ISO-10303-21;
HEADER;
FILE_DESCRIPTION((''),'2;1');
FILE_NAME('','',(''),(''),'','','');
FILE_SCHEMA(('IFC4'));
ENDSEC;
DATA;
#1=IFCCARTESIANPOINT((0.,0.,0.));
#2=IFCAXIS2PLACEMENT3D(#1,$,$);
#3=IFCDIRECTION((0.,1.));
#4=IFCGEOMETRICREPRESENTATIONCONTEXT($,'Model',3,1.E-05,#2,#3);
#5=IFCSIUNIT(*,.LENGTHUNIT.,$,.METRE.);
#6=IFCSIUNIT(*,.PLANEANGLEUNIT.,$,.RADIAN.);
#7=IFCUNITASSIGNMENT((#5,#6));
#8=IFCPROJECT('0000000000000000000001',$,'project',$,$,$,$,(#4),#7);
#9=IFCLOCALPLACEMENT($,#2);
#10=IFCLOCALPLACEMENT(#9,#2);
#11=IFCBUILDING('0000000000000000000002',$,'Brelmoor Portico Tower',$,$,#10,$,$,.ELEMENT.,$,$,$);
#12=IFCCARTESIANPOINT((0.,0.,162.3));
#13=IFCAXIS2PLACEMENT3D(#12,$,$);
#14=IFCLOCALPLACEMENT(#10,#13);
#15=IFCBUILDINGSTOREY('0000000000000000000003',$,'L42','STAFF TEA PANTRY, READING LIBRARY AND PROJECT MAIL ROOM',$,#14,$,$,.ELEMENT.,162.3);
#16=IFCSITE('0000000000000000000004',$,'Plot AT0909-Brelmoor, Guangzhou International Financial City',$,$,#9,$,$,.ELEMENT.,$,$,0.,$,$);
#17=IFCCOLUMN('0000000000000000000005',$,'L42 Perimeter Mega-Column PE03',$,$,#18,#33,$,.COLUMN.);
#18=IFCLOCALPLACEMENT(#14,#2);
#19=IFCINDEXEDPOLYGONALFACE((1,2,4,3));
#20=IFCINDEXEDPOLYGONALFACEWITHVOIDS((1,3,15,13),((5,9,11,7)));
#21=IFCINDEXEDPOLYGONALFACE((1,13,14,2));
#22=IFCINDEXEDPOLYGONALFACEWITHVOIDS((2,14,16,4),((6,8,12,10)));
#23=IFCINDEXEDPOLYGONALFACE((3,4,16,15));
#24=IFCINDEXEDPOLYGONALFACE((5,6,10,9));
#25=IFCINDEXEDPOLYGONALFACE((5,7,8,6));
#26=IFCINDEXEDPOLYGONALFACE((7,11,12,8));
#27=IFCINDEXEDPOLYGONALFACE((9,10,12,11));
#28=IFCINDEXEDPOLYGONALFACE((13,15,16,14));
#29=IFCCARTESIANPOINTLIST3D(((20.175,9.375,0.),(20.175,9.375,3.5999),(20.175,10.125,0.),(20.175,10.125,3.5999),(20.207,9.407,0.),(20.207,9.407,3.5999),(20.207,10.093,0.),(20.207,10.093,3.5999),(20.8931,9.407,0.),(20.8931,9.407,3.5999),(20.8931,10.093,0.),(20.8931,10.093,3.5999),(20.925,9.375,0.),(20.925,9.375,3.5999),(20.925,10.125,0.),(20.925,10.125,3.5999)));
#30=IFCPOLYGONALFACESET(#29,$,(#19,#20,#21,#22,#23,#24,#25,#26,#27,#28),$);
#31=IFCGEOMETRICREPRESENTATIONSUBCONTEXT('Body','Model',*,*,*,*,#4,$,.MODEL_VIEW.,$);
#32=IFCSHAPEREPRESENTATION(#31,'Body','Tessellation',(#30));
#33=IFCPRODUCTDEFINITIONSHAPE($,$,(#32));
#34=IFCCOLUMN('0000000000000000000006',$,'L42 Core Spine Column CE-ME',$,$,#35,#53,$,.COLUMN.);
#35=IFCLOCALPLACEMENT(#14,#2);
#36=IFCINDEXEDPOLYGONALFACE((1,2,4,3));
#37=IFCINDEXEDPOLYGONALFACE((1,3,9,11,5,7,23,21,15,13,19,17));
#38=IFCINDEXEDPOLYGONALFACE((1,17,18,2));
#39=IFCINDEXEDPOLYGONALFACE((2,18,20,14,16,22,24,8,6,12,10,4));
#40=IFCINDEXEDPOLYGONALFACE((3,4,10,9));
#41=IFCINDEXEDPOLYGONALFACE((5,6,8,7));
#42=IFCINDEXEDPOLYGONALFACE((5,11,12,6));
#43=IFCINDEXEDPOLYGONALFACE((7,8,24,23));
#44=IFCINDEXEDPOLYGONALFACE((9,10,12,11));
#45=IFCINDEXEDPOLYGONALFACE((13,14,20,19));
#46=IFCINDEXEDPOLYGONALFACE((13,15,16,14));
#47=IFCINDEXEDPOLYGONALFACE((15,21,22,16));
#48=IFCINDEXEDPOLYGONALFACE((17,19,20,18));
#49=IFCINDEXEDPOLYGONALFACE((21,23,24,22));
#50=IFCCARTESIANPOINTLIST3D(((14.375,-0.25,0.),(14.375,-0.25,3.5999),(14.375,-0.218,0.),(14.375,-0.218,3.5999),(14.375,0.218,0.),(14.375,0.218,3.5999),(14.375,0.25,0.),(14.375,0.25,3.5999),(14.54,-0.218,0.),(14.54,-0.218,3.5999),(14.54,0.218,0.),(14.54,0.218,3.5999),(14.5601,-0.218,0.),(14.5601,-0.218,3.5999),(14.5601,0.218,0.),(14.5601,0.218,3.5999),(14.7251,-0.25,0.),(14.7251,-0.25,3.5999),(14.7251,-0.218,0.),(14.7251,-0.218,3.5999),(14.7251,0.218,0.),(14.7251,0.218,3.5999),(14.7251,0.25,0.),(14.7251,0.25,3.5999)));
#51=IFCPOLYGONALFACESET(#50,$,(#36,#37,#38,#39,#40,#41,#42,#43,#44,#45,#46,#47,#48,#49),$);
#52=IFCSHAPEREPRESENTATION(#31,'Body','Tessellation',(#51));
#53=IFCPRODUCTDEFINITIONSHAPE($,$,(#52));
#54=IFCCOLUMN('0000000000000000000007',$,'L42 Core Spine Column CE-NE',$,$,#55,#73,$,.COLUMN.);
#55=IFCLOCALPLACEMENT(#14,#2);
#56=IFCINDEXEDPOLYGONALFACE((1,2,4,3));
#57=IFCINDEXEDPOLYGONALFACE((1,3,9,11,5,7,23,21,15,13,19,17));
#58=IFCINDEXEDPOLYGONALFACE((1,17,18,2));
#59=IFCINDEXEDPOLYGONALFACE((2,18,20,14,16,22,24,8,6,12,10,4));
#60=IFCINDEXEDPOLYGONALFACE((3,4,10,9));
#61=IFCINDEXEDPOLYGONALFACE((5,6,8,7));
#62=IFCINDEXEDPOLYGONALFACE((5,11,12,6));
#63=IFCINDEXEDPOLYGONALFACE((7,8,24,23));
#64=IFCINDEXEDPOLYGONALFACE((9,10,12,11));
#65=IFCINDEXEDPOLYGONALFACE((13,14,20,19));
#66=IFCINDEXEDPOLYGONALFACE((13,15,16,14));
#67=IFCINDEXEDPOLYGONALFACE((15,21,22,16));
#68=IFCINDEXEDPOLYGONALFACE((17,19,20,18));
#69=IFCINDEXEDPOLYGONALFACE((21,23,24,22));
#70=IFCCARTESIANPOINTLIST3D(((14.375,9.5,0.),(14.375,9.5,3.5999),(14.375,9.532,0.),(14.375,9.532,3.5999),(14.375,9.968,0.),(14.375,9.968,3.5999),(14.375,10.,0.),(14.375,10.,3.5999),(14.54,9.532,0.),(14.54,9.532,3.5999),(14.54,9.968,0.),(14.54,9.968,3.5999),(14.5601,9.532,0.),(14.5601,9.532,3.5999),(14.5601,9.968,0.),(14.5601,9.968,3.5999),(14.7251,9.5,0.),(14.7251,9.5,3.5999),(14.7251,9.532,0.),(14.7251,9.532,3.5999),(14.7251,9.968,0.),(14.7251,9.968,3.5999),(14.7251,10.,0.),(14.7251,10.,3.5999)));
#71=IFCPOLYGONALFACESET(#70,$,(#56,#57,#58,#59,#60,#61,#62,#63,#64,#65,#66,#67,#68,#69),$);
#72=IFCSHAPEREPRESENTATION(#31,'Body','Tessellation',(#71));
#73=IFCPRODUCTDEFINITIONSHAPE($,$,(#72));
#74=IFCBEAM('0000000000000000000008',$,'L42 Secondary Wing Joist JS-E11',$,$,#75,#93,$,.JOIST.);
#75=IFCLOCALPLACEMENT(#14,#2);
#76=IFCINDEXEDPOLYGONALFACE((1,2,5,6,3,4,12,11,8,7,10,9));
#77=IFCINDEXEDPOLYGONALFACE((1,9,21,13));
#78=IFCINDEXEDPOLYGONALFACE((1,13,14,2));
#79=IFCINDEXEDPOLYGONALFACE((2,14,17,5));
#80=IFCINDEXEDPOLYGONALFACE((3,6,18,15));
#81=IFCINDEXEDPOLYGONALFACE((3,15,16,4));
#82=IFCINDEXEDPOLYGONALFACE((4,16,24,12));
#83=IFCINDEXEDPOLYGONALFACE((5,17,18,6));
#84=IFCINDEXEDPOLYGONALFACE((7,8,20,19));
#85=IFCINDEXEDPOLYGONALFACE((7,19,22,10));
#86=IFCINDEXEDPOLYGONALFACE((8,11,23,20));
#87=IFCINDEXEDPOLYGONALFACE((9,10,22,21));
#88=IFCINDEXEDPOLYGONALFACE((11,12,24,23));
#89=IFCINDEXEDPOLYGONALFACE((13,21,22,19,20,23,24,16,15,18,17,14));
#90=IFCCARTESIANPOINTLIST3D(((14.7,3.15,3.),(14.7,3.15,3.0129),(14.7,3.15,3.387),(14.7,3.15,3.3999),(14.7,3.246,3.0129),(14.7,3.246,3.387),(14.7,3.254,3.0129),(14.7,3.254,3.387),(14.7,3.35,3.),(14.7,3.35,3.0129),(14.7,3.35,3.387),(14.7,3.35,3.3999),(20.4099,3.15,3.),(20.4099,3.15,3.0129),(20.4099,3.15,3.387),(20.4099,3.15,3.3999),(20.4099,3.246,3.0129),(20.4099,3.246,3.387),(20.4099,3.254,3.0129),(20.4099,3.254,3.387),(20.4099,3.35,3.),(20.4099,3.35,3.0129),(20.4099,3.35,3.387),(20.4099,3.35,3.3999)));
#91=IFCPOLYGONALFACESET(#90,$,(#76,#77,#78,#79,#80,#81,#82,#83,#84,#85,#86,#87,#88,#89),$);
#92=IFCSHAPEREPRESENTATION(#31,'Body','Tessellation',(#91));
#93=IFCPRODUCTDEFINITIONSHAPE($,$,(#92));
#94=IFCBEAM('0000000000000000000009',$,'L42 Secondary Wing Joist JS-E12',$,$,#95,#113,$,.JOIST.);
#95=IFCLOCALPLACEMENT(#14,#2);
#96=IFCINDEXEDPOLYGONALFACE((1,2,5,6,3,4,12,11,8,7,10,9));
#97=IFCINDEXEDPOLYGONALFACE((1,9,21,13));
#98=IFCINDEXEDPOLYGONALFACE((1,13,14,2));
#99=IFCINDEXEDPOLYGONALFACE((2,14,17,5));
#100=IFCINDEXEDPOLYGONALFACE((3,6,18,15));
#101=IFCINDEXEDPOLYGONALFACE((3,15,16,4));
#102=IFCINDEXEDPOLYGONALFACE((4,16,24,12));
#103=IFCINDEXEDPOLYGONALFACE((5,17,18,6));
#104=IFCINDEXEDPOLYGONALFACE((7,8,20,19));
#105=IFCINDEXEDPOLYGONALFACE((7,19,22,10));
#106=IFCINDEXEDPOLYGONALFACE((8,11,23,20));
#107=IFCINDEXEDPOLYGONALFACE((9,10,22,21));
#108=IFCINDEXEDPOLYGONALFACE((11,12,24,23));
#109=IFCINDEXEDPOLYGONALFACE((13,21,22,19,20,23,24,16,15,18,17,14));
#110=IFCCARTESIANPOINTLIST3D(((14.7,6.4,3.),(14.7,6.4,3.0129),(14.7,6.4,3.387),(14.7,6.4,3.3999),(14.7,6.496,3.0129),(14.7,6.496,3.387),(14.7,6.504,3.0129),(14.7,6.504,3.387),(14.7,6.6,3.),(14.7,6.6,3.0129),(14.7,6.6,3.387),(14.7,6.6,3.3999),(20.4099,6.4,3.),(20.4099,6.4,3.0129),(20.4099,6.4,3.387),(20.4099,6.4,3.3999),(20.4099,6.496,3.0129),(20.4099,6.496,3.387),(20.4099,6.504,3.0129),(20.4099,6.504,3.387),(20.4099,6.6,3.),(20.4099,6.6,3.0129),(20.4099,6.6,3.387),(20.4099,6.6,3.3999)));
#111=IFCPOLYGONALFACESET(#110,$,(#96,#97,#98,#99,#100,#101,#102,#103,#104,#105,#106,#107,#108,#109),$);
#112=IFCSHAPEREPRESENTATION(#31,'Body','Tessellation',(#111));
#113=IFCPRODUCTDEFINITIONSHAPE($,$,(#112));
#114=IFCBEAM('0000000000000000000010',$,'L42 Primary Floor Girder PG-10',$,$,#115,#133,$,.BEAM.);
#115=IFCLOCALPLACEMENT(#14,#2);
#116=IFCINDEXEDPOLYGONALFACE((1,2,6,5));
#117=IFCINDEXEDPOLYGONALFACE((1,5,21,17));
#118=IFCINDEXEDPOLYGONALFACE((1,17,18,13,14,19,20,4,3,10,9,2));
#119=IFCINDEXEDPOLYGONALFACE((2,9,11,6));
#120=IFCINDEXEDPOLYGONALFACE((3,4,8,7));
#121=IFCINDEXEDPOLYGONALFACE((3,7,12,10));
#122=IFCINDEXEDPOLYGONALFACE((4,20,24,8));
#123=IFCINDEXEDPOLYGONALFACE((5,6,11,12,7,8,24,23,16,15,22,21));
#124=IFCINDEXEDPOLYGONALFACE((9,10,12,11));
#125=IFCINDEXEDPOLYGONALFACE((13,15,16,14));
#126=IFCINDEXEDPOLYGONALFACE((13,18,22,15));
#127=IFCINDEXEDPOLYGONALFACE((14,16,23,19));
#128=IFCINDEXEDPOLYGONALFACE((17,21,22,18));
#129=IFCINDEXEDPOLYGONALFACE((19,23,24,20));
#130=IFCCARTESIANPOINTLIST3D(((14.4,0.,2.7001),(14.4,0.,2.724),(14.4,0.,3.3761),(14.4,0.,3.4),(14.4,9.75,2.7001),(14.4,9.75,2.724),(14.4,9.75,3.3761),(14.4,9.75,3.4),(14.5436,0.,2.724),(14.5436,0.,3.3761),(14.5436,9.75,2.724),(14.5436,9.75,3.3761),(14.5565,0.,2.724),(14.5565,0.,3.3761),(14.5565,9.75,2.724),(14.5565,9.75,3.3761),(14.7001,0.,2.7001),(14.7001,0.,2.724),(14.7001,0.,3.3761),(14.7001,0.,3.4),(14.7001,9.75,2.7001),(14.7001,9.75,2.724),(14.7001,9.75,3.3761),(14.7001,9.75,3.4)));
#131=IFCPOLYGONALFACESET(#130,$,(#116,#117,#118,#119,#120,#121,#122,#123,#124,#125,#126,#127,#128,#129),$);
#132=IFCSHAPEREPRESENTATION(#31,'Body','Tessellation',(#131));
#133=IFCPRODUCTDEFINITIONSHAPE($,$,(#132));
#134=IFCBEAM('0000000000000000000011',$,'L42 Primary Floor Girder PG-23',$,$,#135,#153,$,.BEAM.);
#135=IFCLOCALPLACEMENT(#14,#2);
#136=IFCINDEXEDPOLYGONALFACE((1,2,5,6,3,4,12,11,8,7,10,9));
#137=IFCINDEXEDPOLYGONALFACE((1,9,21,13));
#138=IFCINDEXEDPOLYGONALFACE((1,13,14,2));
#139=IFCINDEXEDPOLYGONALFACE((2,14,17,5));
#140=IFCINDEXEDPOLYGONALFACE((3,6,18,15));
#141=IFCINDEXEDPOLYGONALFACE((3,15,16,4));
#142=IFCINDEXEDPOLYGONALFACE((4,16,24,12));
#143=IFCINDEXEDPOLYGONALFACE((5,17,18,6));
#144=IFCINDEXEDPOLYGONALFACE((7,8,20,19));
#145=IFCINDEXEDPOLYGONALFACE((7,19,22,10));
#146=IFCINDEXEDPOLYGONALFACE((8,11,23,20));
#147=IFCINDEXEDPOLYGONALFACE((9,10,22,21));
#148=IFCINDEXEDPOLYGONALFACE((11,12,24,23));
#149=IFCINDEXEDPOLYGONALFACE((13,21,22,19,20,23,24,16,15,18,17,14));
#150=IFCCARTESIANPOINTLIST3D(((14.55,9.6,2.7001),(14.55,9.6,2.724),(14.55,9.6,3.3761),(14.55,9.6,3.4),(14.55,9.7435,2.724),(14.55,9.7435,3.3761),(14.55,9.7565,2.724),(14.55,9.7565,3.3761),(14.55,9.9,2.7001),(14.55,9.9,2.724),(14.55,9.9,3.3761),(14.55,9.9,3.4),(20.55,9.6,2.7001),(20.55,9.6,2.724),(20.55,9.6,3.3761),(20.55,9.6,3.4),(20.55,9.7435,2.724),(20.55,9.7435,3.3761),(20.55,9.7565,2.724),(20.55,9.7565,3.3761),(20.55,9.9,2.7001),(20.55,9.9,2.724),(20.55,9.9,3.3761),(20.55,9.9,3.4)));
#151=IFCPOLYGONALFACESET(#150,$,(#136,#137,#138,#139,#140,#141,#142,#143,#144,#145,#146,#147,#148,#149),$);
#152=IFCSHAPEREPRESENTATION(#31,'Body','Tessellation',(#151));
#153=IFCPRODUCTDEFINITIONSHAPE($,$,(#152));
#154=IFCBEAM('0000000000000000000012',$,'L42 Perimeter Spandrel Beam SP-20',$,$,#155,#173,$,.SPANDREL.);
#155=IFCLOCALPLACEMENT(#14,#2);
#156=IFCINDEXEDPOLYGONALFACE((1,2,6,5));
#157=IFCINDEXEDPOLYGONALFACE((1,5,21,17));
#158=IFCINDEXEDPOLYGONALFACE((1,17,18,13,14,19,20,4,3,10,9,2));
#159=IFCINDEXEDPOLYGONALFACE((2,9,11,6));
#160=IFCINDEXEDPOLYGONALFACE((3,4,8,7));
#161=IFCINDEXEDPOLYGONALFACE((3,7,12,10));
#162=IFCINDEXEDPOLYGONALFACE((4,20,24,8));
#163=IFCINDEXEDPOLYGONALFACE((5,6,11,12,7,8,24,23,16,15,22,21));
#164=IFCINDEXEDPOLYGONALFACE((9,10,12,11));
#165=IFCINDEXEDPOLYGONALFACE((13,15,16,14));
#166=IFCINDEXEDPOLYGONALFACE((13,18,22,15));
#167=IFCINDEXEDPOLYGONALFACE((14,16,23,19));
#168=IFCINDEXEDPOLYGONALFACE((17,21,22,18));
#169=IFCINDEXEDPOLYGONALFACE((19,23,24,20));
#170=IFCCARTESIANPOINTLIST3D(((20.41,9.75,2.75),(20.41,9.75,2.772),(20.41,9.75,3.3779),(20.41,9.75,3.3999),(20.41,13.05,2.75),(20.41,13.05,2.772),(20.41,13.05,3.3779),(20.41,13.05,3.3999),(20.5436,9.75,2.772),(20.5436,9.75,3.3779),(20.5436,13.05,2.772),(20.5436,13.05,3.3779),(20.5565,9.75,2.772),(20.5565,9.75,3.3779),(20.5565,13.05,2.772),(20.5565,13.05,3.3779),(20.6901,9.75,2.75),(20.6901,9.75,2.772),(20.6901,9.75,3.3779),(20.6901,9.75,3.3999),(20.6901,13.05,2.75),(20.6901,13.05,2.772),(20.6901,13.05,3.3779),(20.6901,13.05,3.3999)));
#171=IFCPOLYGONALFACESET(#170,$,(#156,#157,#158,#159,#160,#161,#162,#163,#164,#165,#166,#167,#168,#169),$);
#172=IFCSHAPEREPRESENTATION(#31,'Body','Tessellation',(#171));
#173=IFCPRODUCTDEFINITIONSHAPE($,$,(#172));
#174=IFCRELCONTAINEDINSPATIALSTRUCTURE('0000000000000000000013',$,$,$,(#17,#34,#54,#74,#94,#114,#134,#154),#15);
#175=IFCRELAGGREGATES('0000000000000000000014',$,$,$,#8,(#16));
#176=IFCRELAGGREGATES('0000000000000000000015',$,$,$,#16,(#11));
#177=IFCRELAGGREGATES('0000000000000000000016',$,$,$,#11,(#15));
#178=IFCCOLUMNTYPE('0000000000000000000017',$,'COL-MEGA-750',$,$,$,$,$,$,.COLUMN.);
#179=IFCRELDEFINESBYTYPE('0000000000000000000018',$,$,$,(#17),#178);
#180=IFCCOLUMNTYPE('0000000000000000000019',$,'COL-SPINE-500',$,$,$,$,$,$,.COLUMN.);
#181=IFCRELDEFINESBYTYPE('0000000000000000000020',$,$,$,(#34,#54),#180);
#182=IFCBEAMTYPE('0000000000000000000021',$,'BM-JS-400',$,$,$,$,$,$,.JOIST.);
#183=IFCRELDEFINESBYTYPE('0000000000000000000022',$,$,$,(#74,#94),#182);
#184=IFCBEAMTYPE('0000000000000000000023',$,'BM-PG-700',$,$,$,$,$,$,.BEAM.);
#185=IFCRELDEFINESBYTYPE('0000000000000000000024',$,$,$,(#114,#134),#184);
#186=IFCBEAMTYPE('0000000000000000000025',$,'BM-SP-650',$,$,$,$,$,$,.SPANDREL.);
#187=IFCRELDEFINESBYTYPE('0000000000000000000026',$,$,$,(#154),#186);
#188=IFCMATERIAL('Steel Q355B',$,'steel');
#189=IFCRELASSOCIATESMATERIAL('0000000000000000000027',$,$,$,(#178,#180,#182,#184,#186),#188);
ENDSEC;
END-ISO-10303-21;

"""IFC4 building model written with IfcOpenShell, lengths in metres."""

from ifc_helpers import new_model, si_unit, direction, frame, origin, origin_2d, place, context, subcontext, project, spatial, hollow_rectangle, i_section, extrude, material, material_profile, profile_set, type_object, element, save


model = new_model("IFC4")

# Units and contexts
model_context = context("Model", 3, precision=1e-05, world=origin(), true_north=direction((0.0, 1.0)))
body_context = subcontext(model_context, "Body", "Model", "MODEL_VIEW")
ifc_project = project(units=[si_unit("LENGTHUNIT", "METRE"), si_unit("PLANEANGLEUNIT", "RADIAN")], contexts=[model_context])

# Site, building, storey
site_placement = place(None, origin())
site = spatial("IfcSite", under=ifc_project, at=site_placement, Name="Plot AT0909-Brelmoor, Guangzhou International Financial City", CompositionType="ELEMENT", RefElevation=0.0)
building_placement = place(site_placement, origin())
building = spatial("IfcBuilding", under=site, at=building_placement, Name="Brelmoor Portico Tower", CompositionType="ELEMENT")
storey_placement = place(building_placement, frame((0.0, 0.0, 162.3)))
storey = spatial("IfcBuildingStorey", under=building, at=storey_placement, Name="L42", Description="STAFF TEA PANTRY, READING LIBRARY AND PROJECT MAIL ROOM", CompositionType="ELEMENT", Elevation=162.3)

# Columns
ifc_material_1 = material(Name="Steel Q355B", Category="steel")
ifc_material_profile_1 = material_profile(ifc_material_1, hollow_rectangle(XDim=0.75, YDim=0.75, WallThickness=0.032, at=origin_2d()), Name="BOX 750x750x32")
ifc_profile_set_1 = profile_set([ifc_material_profile_1], Name="Steel Q355B")
column_type_1 = type_object("IfcColumnType", Name="COL-MEGA-750", PredefinedType="COLUMN", material=ifc_profile_set_1)
column_placement = place(storey_placement, frame((20.55, 9.75, 0.0), z_axis=(0.0, 0.0, 1.0), x_axis=(0.0, 1.0, 0.0)))
element("IfcColumn", 1, at=column_placement, inside=storey, type_object=column_type_1, Name="L42 Perimeter Mega-Column PE03", PredefinedType="COLUMN", context=body_context, shape_type="SweptSolid", body=[
    extrude(hollow_rectangle(XDim=0.75, YDim=0.75, WallThickness=0.032, at=origin_2d()), origin(), (0.0, 0.0, 1.0), 3.5999),
])
ifc_material_profile_2 = material_profile(ifc_material_1, i_section(OverallWidth=0.3501, OverallDepth=0.5, WebThickness=0.02, FlangeThickness=0.032, at=origin_2d()), Name="HW 500x350x20x32")
ifc_profile_set_2 = profile_set([ifc_material_profile_2], Name="Steel Q355B")
column_type_2 = type_object("IfcColumnType", Name="COL-SPINE-500", PredefinedType="COLUMN", material=ifc_profile_set_2)
for number, where, z_axis, x_axis, name in (
    (2, (14.55, 0.0, 0.0), (0.0, 0.0, 1.0), (1.0, 0.0, 0.0), "L42 Core Spine Column CE-ME"),
    (3, (14.55, 9.75, 0.0), (0.0, 0.0, 1.0), (1.0, 0.0, 0.0), "L42 Core Spine Column CE-NE"),
):
    element("IfcColumn", number, at=place(storey_placement, frame(where, z_axis=z_axis, x_axis=x_axis)), inside=storey, type_object=column_type_2, Name=name, PredefinedType="COLUMN", context=body_context, shape_type="SweptSolid", body=[
        extrude(i_section(OverallWidth=0.3501, OverallDepth=0.5, WebThickness=0.02, FlangeThickness=0.032, at=origin_2d()), origin(), (0.0, 0.0, 1.0), 3.5999),
    ])

# Beams
ifc_material_profile_3 = material_profile(ifc_material_1, i_section(OverallWidth=0.2, OverallDepth=0.3999, WebThickness=0.0081, FlangeThickness=0.0129, at=origin_2d()), Name="HN 400x200x8x13")
ifc_profile_set_3 = profile_set([ifc_material_profile_3], Name="Steel Q355B")
beam_type_1 = type_object("IfcBeamType", Name="BM-JS-400", PredefinedType="JOIST", material=ifc_profile_set_3)
for number, where, z_axis, x_axis, name in (
    (4, (14.7, 3.25, 3.2), (1.0, 0.0, 0.0), (0.0, 1.0, 0.0), "L42 Secondary Wing Joist JS-E11"),
    (5, (14.7, 6.5, 3.2), (1.0, 0.0, 0.0), (0.0, 1.0, 0.0), "L42 Secondary Wing Joist JS-E12"),
):
    element("IfcBeam", number, at=place(storey_placement, frame(where, z_axis=z_axis, x_axis=x_axis)), inside=storey, type_object=beam_type_1, Name=name, PredefinedType="JOIST", context=body_context, shape_type="SweptSolid", body=[
        extrude(i_section(OverallWidth=0.2, OverallDepth=0.3999, WebThickness=0.0081, FlangeThickness=0.0129, at=origin_2d()), origin(), (0.0, 0.0, 1.0), 5.71),
    ])
ifc_material_profile_4 = material_profile(ifc_material_1, i_section(OverallWidth=0.3, OverallDepth=0.7, WebThickness=0.0129, FlangeThickness=0.0239, at=origin_2d()), Name="HN 700x300x13x24")
ifc_profile_set_4 = profile_set([ifc_material_profile_4], Name="Steel Q355B")
beam_type_2 = type_object("IfcBeamType", Name="BM-PG-700", PredefinedType="BEAM", material=ifc_profile_set_4)
beam_1_placement = place(storey_placement, frame((14.55, 0.0, 3.05), z_axis=(0.0, 1.0, 0.0), x_axis=(-1.0, 0.0, 0.0)))
element("IfcBeam", 6, at=beam_1_placement, inside=storey, type_object=beam_type_2, Name="L42 Primary Floor Girder PG-10", PredefinedType="BEAM", context=body_context, shape_type="SweptSolid", body=[
    extrude(i_section(OverallWidth=0.3, OverallDepth=0.7, WebThickness=0.0129, FlangeThickness=0.0239, at=origin_2d()), origin(), (0.0, 0.0, 1.0), 9.75),
])
beam_2_placement = place(storey_placement, frame((14.55, 9.75, 3.05), z_axis=(1.0, 0.0, 0.0), x_axis=(0.0, 1.0, 0.0)))
element("IfcBeam", 7, at=beam_2_placement, inside=storey, type_object=beam_type_2, Name="L42 Primary Floor Girder PG-23", PredefinedType="BEAM", context=body_context, shape_type="SweptSolid", body=[
    extrude(i_section(OverallWidth=0.3, OverallDepth=0.7, WebThickness=0.0129, FlangeThickness=0.0239, at=origin_2d()), origin(), (0.0, 0.0, 1.0), 6.0),
])
ifc_material_profile_5 = material_profile(ifc_material_1, i_section(OverallWidth=0.28, OverallDepth=0.6499, WebThickness=0.0129, FlangeThickness=0.022, at=origin_2d()), Name="HN 650x280x13x22")
ifc_profile_set_5 = profile_set([ifc_material_profile_5], Name="Steel Q355B")
beam_type_3 = type_object("IfcBeamType", Name="BM-SP-650", PredefinedType="SPANDREL", material=ifc_profile_set_5)
beam_3_placement = place(storey_placement, frame((20.55, 9.75, 3.075), z_axis=(0.0, 1.0, 0.0), x_axis=(-1.0, 0.0, 0.0)))
element("IfcBeam", 8, at=beam_3_placement, inside=storey, type_object=beam_type_3, Name="L42 Perimeter Spandrel Beam SP-20", PredefinedType="SPANDREL", context=body_context, shape_type="SweptSolid", body=[
    extrude(i_section(OverallWidth=0.28, OverallDepth=0.6499, WebThickness=0.0129, FlangeThickness=0.022, at=origin_2d()), origin(), (0.0, 0.0, 1.0), 3.3),
])

save(model, "model.ifc")
